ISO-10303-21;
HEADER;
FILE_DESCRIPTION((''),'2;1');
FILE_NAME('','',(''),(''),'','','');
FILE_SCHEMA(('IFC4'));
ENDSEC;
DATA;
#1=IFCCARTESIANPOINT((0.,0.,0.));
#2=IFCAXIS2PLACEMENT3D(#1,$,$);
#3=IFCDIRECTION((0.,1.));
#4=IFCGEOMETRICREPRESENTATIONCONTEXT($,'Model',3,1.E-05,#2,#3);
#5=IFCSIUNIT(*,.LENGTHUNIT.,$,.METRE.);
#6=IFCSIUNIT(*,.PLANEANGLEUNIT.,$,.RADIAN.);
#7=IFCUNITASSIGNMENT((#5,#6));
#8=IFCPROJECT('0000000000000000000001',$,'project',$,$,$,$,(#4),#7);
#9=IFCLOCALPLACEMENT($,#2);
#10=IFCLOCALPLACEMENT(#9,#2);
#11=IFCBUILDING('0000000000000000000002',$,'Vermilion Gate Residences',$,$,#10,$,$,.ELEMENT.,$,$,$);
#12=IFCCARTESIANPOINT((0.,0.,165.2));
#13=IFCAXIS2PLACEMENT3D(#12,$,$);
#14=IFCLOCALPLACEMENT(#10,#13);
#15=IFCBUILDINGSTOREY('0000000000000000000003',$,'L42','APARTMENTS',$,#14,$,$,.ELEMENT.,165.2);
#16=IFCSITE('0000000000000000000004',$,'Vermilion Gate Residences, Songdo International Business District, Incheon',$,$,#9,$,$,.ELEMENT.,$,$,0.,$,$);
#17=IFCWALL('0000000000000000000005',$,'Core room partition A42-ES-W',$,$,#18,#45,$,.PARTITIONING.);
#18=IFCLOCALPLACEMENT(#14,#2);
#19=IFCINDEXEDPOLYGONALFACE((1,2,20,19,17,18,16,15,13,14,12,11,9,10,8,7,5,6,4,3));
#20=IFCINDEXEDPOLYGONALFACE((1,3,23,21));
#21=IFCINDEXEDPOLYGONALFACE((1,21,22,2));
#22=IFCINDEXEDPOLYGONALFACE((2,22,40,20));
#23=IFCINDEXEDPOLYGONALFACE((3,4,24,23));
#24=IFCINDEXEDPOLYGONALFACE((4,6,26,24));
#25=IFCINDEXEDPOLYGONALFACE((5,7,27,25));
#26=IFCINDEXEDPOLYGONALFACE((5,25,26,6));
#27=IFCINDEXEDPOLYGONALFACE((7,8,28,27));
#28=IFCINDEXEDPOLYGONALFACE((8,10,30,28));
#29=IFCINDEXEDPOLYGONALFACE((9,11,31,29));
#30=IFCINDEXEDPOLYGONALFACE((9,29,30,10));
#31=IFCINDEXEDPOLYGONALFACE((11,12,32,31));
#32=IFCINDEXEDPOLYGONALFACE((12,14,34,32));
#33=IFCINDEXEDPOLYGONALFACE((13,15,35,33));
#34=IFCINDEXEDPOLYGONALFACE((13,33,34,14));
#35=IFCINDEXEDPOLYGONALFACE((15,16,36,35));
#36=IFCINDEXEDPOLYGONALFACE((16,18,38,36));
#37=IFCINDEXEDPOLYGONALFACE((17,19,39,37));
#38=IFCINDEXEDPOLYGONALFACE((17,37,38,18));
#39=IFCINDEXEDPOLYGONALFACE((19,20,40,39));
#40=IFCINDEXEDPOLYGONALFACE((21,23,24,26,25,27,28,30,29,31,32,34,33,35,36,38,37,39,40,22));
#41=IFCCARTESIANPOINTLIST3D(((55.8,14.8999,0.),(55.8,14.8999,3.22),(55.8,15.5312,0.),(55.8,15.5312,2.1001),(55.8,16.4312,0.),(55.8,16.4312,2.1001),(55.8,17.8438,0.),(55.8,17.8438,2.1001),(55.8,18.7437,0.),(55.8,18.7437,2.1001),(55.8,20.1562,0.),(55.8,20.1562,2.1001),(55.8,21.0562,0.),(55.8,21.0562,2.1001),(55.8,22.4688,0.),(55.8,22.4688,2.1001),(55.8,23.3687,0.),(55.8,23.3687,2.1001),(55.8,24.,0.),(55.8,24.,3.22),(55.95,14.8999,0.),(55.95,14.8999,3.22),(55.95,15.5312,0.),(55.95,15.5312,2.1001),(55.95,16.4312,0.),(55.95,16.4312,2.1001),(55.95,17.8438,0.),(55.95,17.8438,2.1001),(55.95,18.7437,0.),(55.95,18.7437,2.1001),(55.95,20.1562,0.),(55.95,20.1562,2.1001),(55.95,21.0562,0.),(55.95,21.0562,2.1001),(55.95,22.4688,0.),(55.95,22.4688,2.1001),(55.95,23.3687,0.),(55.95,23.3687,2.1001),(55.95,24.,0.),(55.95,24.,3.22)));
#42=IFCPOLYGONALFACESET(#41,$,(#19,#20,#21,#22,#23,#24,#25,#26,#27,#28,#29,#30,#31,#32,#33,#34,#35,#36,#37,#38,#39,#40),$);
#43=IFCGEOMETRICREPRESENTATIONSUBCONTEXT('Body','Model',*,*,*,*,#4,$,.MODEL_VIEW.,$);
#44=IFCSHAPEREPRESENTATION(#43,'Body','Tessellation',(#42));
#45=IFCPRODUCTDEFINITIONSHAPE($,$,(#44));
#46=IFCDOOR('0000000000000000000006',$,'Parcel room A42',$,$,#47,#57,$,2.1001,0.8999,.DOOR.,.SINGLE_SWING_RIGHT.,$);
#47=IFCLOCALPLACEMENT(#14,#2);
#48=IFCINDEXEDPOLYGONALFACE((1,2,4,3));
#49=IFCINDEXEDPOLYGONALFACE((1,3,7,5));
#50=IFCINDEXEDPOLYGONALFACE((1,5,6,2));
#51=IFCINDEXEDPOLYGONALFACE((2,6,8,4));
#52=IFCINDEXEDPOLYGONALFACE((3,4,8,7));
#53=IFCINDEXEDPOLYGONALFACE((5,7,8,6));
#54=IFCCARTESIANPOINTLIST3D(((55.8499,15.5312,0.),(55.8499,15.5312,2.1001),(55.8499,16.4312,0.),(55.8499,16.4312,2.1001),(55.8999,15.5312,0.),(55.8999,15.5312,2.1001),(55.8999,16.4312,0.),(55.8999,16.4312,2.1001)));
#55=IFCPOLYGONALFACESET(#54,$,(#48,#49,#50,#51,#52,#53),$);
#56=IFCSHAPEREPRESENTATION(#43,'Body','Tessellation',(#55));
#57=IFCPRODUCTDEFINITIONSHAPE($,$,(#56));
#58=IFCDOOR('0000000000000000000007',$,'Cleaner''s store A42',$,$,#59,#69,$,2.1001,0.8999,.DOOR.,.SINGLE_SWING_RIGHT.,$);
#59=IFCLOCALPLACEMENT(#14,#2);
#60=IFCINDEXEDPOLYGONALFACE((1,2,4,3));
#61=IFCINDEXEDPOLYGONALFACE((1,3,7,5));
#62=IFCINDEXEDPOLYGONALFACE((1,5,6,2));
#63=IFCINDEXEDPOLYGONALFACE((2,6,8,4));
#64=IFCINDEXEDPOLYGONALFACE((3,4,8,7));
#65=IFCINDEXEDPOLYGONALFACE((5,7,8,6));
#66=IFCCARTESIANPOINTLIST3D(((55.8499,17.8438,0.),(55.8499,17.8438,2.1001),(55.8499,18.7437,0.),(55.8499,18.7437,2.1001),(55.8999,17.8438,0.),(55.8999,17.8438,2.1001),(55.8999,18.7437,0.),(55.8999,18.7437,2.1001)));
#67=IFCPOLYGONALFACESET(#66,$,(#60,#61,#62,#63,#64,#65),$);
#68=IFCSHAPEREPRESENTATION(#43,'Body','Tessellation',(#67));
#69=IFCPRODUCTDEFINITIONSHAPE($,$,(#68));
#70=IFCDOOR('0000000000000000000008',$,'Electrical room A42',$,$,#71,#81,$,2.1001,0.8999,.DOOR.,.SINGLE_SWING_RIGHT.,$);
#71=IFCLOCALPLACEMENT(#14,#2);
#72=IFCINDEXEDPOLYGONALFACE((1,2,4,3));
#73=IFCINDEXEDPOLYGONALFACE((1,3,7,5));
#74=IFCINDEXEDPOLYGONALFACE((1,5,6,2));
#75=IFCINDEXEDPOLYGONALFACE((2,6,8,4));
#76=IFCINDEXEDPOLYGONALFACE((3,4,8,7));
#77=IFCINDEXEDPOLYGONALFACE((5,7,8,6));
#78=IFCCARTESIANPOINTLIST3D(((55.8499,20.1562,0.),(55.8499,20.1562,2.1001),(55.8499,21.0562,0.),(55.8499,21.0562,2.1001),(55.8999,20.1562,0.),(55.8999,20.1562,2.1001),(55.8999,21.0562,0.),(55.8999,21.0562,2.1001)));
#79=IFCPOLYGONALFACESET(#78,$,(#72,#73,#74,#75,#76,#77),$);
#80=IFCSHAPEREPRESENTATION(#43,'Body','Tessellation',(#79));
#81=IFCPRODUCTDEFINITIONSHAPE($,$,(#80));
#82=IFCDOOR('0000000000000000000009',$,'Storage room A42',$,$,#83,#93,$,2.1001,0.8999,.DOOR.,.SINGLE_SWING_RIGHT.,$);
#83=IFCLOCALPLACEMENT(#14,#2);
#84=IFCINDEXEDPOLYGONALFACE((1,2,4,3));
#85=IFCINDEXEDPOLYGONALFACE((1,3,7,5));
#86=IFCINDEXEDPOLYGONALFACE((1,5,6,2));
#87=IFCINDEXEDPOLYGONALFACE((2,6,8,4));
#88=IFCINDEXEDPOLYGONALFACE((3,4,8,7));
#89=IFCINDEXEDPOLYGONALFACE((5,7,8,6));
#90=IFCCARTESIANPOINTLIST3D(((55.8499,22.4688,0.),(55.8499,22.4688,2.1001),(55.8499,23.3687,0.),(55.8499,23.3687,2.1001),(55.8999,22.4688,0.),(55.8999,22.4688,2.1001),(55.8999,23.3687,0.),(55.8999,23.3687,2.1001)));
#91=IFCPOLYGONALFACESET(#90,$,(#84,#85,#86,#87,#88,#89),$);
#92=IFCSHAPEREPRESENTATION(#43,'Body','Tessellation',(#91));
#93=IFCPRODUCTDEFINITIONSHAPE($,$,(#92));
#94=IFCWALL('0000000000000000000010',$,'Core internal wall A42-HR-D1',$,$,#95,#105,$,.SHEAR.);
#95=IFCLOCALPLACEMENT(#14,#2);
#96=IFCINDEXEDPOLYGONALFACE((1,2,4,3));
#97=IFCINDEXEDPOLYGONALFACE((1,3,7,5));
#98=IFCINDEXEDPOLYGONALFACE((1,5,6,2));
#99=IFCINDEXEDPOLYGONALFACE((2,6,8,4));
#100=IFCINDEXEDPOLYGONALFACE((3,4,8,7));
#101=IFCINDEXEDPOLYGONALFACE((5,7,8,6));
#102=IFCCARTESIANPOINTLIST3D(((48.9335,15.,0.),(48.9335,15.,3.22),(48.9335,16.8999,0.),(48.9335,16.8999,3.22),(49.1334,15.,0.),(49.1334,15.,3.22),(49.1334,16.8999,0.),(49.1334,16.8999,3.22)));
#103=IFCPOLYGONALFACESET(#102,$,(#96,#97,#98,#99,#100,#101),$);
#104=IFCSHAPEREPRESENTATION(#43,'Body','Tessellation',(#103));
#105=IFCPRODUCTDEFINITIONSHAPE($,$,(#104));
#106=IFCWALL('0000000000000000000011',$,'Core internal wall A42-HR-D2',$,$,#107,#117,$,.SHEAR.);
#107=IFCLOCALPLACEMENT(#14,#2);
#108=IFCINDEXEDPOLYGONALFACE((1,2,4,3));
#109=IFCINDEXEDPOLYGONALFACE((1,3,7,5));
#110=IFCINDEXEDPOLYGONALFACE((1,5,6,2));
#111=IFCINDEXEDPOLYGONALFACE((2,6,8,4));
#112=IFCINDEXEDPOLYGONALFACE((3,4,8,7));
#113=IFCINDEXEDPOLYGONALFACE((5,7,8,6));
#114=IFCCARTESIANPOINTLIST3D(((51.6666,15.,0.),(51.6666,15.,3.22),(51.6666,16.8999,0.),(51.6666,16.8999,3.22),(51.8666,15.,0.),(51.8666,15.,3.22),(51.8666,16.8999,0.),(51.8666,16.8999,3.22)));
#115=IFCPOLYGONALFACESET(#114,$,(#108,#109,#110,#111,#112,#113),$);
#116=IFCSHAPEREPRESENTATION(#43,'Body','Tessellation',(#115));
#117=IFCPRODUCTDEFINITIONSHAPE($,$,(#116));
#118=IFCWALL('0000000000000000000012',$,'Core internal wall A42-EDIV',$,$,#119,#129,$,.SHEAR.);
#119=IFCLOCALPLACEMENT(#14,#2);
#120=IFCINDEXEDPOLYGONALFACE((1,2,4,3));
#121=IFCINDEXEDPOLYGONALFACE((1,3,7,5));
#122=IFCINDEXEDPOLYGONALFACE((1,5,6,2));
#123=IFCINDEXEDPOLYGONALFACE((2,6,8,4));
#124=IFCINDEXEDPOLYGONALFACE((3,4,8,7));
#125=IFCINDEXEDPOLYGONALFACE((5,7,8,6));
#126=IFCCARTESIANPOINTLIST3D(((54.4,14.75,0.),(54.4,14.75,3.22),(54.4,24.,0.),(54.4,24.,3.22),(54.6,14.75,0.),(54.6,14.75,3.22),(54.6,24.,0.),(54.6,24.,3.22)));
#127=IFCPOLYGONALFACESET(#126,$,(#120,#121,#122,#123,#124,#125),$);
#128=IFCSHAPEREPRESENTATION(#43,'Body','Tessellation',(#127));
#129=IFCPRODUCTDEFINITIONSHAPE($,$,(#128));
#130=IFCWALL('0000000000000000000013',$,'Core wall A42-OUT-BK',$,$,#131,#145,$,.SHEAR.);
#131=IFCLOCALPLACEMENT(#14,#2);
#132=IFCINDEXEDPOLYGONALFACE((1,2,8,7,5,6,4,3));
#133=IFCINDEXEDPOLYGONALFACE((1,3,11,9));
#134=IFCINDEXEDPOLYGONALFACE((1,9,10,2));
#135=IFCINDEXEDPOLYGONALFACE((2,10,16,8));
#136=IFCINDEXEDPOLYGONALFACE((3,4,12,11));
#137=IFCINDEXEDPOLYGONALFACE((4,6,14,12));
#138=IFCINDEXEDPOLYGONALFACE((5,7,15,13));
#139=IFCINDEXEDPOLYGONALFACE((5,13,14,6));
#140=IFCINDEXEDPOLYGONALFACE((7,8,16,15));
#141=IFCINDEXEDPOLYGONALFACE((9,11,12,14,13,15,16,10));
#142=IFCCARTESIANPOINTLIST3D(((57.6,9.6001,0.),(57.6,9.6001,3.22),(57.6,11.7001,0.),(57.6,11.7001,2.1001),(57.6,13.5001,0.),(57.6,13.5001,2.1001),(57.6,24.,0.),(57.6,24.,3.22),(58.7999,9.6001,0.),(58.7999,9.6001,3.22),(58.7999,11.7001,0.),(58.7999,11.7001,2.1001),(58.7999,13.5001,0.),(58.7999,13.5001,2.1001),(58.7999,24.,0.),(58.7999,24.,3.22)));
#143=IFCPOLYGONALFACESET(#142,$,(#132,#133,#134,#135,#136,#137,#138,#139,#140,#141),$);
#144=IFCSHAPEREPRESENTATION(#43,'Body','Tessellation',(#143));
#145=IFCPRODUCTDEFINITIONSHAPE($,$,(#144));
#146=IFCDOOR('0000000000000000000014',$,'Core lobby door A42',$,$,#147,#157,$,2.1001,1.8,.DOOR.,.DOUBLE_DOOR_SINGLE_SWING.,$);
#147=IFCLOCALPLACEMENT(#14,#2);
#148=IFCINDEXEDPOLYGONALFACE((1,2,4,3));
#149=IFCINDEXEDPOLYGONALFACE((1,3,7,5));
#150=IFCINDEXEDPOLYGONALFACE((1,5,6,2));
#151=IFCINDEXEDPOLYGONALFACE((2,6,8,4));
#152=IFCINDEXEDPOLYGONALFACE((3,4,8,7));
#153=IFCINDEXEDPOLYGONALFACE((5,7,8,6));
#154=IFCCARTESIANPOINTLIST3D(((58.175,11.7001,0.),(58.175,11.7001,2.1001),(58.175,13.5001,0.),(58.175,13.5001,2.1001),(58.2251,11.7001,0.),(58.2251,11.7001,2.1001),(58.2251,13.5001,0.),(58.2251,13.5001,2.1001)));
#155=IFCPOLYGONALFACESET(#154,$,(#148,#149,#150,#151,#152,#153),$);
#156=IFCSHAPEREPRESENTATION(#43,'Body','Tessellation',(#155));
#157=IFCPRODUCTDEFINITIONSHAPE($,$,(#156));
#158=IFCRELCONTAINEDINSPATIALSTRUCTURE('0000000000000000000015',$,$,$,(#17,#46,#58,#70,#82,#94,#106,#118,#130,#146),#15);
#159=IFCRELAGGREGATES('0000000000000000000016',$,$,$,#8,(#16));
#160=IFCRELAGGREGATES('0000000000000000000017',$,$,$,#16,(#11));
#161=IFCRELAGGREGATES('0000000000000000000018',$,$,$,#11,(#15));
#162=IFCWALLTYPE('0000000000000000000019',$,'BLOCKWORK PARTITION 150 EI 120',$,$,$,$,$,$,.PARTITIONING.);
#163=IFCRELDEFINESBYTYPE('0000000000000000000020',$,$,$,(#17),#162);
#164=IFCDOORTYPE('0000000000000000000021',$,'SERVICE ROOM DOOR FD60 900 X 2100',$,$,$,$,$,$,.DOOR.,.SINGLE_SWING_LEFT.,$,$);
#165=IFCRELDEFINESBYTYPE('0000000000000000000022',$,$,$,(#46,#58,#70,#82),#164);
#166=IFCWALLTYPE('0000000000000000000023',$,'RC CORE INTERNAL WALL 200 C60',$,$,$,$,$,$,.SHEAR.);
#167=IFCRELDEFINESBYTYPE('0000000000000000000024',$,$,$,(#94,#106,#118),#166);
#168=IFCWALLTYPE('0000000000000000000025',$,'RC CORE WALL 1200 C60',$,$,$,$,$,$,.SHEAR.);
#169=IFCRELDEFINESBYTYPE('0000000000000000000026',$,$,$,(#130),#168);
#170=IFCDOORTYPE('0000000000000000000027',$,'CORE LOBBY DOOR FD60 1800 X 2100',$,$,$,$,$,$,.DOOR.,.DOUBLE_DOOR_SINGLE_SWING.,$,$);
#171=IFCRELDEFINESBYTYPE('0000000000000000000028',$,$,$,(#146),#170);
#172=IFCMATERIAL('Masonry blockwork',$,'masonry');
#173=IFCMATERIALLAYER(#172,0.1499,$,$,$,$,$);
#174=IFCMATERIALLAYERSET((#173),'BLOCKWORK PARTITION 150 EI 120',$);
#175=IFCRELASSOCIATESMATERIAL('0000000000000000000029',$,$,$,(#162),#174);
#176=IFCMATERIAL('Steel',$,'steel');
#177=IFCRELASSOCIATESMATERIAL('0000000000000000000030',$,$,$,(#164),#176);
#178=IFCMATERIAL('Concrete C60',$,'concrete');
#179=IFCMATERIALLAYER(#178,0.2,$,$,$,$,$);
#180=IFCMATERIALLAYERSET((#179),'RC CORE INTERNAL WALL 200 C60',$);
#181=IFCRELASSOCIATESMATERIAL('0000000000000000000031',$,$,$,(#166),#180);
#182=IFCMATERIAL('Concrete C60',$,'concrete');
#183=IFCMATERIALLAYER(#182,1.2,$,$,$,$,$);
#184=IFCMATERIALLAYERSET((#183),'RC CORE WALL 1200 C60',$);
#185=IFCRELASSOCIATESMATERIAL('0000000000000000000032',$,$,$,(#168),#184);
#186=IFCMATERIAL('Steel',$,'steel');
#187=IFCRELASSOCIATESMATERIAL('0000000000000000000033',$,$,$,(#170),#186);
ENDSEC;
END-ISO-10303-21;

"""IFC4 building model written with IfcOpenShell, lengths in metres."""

from ifc_helpers import new_model, si_unit, direction, frame, frame_2d, origin, place, context, subcontext, project, spatial, rectangle, extrude, material, layer, layer_set, type_object, element, fill, save


model = new_model("IFC4")

# Units and contexts
model_context = context("Model", 3, precision=1e-05, world=origin(), true_north=direction((0.0, 1.0)))
body_context = subcontext(model_context, "Body", "Model", "MODEL_VIEW")
ifc_project = project(units=[si_unit("LENGTHUNIT", "METRE"), si_unit("PLANEANGLEUNIT", "RADIAN")], contexts=[model_context])

# Site, building, storey
site_placement = place(None, origin())
site = spatial("IfcSite", under=ifc_project, at=site_placement, Name="Vermilion Gate Residences, Songdo International Business District, Incheon", CompositionType="ELEMENT", RefElevation=0.0)
building_placement = place(site_placement, origin())
building = spatial("IfcBuilding", under=site, at=building_placement, Name="Vermilion Gate Residences", CompositionType="ELEMENT")
storey_placement = place(building_placement, frame((0.0, 0.0, 165.2)))
storey = spatial("IfcBuildingStorey", under=building, at=storey_placement, Name="L42", Description="APARTMENTS", CompositionType="ELEMENT", Elevation=165.2)

# Shared definitions
ifc_material_1 = material(Name="Masonry blockwork", Category="masonry")
ifc_layer_1 = layer(ifc_material_1, 0.1499)
ifc_layer_set_1 = layer_set([ifc_layer_1], Name="BLOCKWORK PARTITION 150 EI 120")
wall_type_1 = type_object("IfcWallType", Name="BLOCKWORK PARTITION 150 EI 120", PredefinedType="PARTITIONING", material=ifc_layer_set_1)

# Wall, openings, doors
wall_1_placement = place(storey_placement, frame((55.875, 14.8999, 0.0), z_axis=(0.0, 0.0, 1.0), x_axis=(0.0, 1.0, 0.0)))
wall_1 = element("IfcWall", 1, at=wall_1_placement, inside=storey, type_object=wall_type_1, Name="Core room partition A42-ES-W", PredefinedType="PARTITIONING", context=body_context, shape_type="SweptSolid", body=[
    extrude(rectangle(XDim=9.1001, YDim=0.1499, at=frame_2d((4.55, 0.0))), origin(), (0.0, 0.0, 1.0), 3.22),
])
opening_1_placement = place(wall_1_placement, frame((0.6313, 0.0, 0.0)))
opening_1 = element("IfcOpeningElement", 2, at=opening_1_placement, cuts=wall_1, PredefinedType="OPENING", context=body_context, shape_type="SweptSolid", body=[
    extrude(rectangle(XDim=0.8999, YDim=2.1001, at=frame_2d((0.45, 1.05))), frame((0.0, 0.085, 0.0), z_axis=(0.0, -1.0, 0.0), x_axis=(1.0, 0.0, 0.0)), (0.0, 0.0, 1.0), 0.1699),
])
opening_2_placement = place(wall_1_placement, frame((2.9438, 0.0, 0.0)))
opening_2 = element("IfcOpeningElement", 3, at=opening_2_placement, cuts=wall_1, PredefinedType="OPENING", context=body_context, shape_type="SweptSolid", body=[
    extrude(rectangle(XDim=0.8999, YDim=2.1001, at=frame_2d((0.45, 1.05))), frame((0.0, 0.085, 0.0), z_axis=(0.0, -1.0, 0.0), x_axis=(1.0, 0.0, 0.0)), (0.0, 0.0, 1.0), 0.1699),
])
opening_3_placement = place(wall_1_placement, frame((5.2563, 0.0, 0.0)))
opening_3 = element("IfcOpeningElement", 4, at=opening_3_placement, cuts=wall_1, PredefinedType="OPENING", context=body_context, shape_type="SweptSolid", body=[
    extrude(rectangle(XDim=0.8999, YDim=2.1001, at=frame_2d((0.45, 1.05))), frame((0.0, 0.085, 0.0), z_axis=(0.0, -1.0, 0.0), x_axis=(1.0, 0.0, 0.0)), (0.0, 0.0, 1.0), 0.1699),
])
opening_4_placement = place(wall_1_placement, frame((7.5688, 0.0, 0.0)))
opening_4 = element("IfcOpeningElement", 5, at=opening_4_placement, cuts=wall_1, PredefinedType="OPENING", context=body_context, shape_type="SweptSolid", body=[
    extrude(rectangle(XDim=0.8999, YDim=2.1001, at=frame_2d((0.45, 1.05))), frame((0.0, 0.085, 0.0), z_axis=(0.0, -1.0, 0.0), x_axis=(1.0, 0.0, 0.0)), (0.0, 0.0, 1.0), 0.1699),
])
ifc_material_2 = material(Name="Steel", Category="steel")
door_type_1 = type_object("IfcDoorType", Name="SERVICE ROOM DOOR FD60 900 X 2100", OperationType="SINGLE_SWING_LEFT", PredefinedType="DOOR", material=ifc_material_2)
door_1_placement = place(opening_1_placement, frame((0.8999, 0.0, 0.0), z_axis=(0.0, 0.0, 1.0), x_axis=(-1.0, 0.0, 0.0)))
door_1 = element("IfcDoor", 6, at=door_1_placement, inside=storey, type_object=door_type_1, Name="Parcel room A42", OperationType="SINGLE_SWING_RIGHT", OverallHeight=2.1001, OverallWidth=0.8999, PredefinedType="DOOR", context=body_context, shape_type="SweptSolid", body=[
    extrude(rectangle(XDim=0.8999, YDim=2.1001, at=frame_2d((0.45, 1.05))), frame((0.0, 0.0249, 0.0), z_axis=(0.0, -1.0, 0.0), x_axis=(1.0, 0.0, 0.0)), (0.0, 0.0, 1.0), 0.05),
])
fill(opening_1, door_1)
door_2_placement = place(opening_2_placement, frame((0.8999, 0.0, 0.0), z_axis=(0.0, 0.0, 1.0), x_axis=(-1.0, 0.0, 0.0)))
door_2 = element("IfcDoor", 7, at=door_2_placement, inside=storey, type_object=door_type_1, Name="Cleaner's store A42", OperationType="SINGLE_SWING_RIGHT", OverallHeight=2.1001, OverallWidth=0.8999, PredefinedType="DOOR", context=body_context, shape_type="SweptSolid", body=[
    extrude(rectangle(XDim=0.8999, YDim=2.1001, at=frame_2d((0.45, 1.05))), frame((0.0, 0.0249, 0.0), z_axis=(0.0, -1.0, 0.0), x_axis=(1.0, 0.0, 0.0)), (0.0, 0.0, 1.0), 0.05),
])
fill(opening_2, door_2)
door_3_placement = place(opening_3_placement, frame((0.8999, 0.0, 0.0), z_axis=(0.0, 0.0, 1.0), x_axis=(-1.0, 0.0, 0.0)))
door_3 = element("IfcDoor", 8, at=door_3_placement, inside=storey, type_object=door_type_1, Name="Electrical room A42", OperationType="SINGLE_SWING_RIGHT", OverallHeight=2.1001, OverallWidth=0.8999, PredefinedType="DOOR", context=body_context, shape_type="SweptSolid", body=[
    extrude(rectangle(XDim=0.8999, YDim=2.1001, at=frame_2d((0.45, 1.05))), frame((0.0, 0.0249, 0.0), z_axis=(0.0, -1.0, 0.0), x_axis=(1.0, 0.0, 0.0)), (0.0, 0.0, 1.0), 0.05),
])
fill(opening_3, door_3)
door_4_placement = place(opening_4_placement, frame((0.8999, 0.0, 0.0), z_axis=(0.0, 0.0, 1.0), x_axis=(-1.0, 0.0, 0.0)))
door_4 = element("IfcDoor", 9, at=door_4_placement, inside=storey, type_object=door_type_1, Name="Storage room A42", OperationType="SINGLE_SWING_RIGHT", OverallHeight=2.1001, OverallWidth=0.8999, PredefinedType="DOOR", context=body_context, shape_type="SweptSolid", body=[
    extrude(rectangle(XDim=0.8999, YDim=2.1001, at=frame_2d((0.45, 1.05))), frame((0.0, 0.0249, 0.0), z_axis=(0.0, -1.0, 0.0), x_axis=(1.0, 0.0, 0.0)), (0.0, 0.0, 1.0), 0.05),
])
fill(opening_4, door_4)

# Walls
ifc_material_3 = material(Name="Concrete C60", Category="concrete")
ifc_layer_2 = layer(ifc_material_3, 0.2)
ifc_layer_set_2 = layer_set([ifc_layer_2], Name="RC CORE INTERNAL WALL 200 C60")
wall_type_2 = type_object("IfcWallType", Name="RC CORE INTERNAL WALL 200 C60", PredefinedType="SHEAR", material=ifc_layer_set_2)
for number, where, z_axis, x_axis, name in (
    (10, (49.0334, 15.0, 0.0), (0.0, 0.0, 1.0), (0.0, 1.0, 0.0), "Core internal wall A42-HR-D1"),
    (11, (51.7666, 15.0, 0.0), (0.0, 0.0, 1.0), (0.0, 1.0, 0.0), "Core internal wall A42-HR-D2"),
):
    element("IfcWall", number, at=place(storey_placement, frame(where, z_axis=z_axis, x_axis=x_axis)), inside=storey, type_object=wall_type_2, Name=name, PredefinedType="SHEAR", context=body_context, shape_type="SweptSolid", body=[
        extrude(rectangle(XDim=1.8999, YDim=0.2, at=frame_2d((0.95, 0.0))), origin(), (0.0, 0.0, 1.0), 3.22),
    ])
wall_2_placement = place(storey_placement, frame((54.5, 14.75, 0.0), z_axis=(0.0, 0.0, 1.0), x_axis=(0.0, 1.0, 0.0)))
element("IfcWall", 12, at=wall_2_placement, inside=storey, type_object=wall_type_2, Name="Core internal wall A42-EDIV", PredefinedType="SHEAR", context=body_context, shape_type="SweptSolid", body=[
    extrude(rectangle(XDim=9.25, YDim=0.2, at=frame_2d((4.625, 0.0))), origin(), (0.0, 0.0, 1.0), 3.22),
])

# Wall, opening, door
ifc_material_4 = material(Name="Concrete C60", Category="concrete")
ifc_layer_3 = layer(ifc_material_4, 1.2)
ifc_layer_set_3 = layer_set([ifc_layer_3], Name="RC CORE WALL 1200 C60")
wall_type_3 = type_object("IfcWallType", Name="RC CORE WALL 1200 C60", PredefinedType="SHEAR", material=ifc_layer_set_3)
wall_3_placement = place(storey_placement, frame((58.2, 9.6001, 0.0), z_axis=(0.0, 0.0, 1.0), x_axis=(0.0, 1.0, 0.0)))
wall_3 = element("IfcWall", 13, at=wall_3_placement, inside=storey, type_object=wall_type_3, Name="Core wall A42-OUT-BK", PredefinedType="SHEAR", context=body_context, shape_type="SweptSolid", body=[
    extrude(rectangle(XDim=14.3999, YDim=1.2, at=frame_2d((7.2, 0.0))), origin(), (0.0, 0.0, 1.0), 3.22),
])
opening_5_placement = place(wall_3_placement, frame((2.1001, 0.0, 0.0)))
opening_5 = element("IfcOpeningElement", 14, at=opening_5_placement, cuts=wall_3, PredefinedType="OPENING", context=body_context, shape_type="SweptSolid", body=[
    extrude(rectangle(XDim=1.8, YDim=2.1001, at=frame_2d((0.8999, 1.05))), frame((0.0, 0.6099, 0.0), z_axis=(0.0, -1.0, 0.0), x_axis=(1.0, 0.0, 0.0)), (0.0, 0.0, 1.0), 1.22),
])
ifc_material_5 = material(Name="Steel", Category="steel")
door_type_2 = type_object("IfcDoorType", Name="CORE LOBBY DOOR FD60 1800 X 2100", OperationType="DOUBLE_DOOR_SINGLE_SWING", PredefinedType="DOOR", material=ifc_material_5)
door_5_placement = place(opening_5_placement, origin())
door_5 = element("IfcDoor", 15, at=door_5_placement, inside=storey, type_object=door_type_2, Name="Core lobby door A42", OperationType="DOUBLE_DOOR_SINGLE_SWING", OverallHeight=2.1001, OverallWidth=1.8, PredefinedType="DOOR", context=body_context, shape_type="SweptSolid", body=[
    extrude(rectangle(XDim=1.8, YDim=2.1001, at=frame_2d((0.8999, 1.05))), frame((0.0, 0.0249, 0.0), z_axis=(0.0, -1.0, 0.0), x_axis=(1.0, 0.0, 0.0)), (0.0, 0.0, 1.0), 0.05),
])
fill(opening_5, door_5)

save(model, "model.ifc")
